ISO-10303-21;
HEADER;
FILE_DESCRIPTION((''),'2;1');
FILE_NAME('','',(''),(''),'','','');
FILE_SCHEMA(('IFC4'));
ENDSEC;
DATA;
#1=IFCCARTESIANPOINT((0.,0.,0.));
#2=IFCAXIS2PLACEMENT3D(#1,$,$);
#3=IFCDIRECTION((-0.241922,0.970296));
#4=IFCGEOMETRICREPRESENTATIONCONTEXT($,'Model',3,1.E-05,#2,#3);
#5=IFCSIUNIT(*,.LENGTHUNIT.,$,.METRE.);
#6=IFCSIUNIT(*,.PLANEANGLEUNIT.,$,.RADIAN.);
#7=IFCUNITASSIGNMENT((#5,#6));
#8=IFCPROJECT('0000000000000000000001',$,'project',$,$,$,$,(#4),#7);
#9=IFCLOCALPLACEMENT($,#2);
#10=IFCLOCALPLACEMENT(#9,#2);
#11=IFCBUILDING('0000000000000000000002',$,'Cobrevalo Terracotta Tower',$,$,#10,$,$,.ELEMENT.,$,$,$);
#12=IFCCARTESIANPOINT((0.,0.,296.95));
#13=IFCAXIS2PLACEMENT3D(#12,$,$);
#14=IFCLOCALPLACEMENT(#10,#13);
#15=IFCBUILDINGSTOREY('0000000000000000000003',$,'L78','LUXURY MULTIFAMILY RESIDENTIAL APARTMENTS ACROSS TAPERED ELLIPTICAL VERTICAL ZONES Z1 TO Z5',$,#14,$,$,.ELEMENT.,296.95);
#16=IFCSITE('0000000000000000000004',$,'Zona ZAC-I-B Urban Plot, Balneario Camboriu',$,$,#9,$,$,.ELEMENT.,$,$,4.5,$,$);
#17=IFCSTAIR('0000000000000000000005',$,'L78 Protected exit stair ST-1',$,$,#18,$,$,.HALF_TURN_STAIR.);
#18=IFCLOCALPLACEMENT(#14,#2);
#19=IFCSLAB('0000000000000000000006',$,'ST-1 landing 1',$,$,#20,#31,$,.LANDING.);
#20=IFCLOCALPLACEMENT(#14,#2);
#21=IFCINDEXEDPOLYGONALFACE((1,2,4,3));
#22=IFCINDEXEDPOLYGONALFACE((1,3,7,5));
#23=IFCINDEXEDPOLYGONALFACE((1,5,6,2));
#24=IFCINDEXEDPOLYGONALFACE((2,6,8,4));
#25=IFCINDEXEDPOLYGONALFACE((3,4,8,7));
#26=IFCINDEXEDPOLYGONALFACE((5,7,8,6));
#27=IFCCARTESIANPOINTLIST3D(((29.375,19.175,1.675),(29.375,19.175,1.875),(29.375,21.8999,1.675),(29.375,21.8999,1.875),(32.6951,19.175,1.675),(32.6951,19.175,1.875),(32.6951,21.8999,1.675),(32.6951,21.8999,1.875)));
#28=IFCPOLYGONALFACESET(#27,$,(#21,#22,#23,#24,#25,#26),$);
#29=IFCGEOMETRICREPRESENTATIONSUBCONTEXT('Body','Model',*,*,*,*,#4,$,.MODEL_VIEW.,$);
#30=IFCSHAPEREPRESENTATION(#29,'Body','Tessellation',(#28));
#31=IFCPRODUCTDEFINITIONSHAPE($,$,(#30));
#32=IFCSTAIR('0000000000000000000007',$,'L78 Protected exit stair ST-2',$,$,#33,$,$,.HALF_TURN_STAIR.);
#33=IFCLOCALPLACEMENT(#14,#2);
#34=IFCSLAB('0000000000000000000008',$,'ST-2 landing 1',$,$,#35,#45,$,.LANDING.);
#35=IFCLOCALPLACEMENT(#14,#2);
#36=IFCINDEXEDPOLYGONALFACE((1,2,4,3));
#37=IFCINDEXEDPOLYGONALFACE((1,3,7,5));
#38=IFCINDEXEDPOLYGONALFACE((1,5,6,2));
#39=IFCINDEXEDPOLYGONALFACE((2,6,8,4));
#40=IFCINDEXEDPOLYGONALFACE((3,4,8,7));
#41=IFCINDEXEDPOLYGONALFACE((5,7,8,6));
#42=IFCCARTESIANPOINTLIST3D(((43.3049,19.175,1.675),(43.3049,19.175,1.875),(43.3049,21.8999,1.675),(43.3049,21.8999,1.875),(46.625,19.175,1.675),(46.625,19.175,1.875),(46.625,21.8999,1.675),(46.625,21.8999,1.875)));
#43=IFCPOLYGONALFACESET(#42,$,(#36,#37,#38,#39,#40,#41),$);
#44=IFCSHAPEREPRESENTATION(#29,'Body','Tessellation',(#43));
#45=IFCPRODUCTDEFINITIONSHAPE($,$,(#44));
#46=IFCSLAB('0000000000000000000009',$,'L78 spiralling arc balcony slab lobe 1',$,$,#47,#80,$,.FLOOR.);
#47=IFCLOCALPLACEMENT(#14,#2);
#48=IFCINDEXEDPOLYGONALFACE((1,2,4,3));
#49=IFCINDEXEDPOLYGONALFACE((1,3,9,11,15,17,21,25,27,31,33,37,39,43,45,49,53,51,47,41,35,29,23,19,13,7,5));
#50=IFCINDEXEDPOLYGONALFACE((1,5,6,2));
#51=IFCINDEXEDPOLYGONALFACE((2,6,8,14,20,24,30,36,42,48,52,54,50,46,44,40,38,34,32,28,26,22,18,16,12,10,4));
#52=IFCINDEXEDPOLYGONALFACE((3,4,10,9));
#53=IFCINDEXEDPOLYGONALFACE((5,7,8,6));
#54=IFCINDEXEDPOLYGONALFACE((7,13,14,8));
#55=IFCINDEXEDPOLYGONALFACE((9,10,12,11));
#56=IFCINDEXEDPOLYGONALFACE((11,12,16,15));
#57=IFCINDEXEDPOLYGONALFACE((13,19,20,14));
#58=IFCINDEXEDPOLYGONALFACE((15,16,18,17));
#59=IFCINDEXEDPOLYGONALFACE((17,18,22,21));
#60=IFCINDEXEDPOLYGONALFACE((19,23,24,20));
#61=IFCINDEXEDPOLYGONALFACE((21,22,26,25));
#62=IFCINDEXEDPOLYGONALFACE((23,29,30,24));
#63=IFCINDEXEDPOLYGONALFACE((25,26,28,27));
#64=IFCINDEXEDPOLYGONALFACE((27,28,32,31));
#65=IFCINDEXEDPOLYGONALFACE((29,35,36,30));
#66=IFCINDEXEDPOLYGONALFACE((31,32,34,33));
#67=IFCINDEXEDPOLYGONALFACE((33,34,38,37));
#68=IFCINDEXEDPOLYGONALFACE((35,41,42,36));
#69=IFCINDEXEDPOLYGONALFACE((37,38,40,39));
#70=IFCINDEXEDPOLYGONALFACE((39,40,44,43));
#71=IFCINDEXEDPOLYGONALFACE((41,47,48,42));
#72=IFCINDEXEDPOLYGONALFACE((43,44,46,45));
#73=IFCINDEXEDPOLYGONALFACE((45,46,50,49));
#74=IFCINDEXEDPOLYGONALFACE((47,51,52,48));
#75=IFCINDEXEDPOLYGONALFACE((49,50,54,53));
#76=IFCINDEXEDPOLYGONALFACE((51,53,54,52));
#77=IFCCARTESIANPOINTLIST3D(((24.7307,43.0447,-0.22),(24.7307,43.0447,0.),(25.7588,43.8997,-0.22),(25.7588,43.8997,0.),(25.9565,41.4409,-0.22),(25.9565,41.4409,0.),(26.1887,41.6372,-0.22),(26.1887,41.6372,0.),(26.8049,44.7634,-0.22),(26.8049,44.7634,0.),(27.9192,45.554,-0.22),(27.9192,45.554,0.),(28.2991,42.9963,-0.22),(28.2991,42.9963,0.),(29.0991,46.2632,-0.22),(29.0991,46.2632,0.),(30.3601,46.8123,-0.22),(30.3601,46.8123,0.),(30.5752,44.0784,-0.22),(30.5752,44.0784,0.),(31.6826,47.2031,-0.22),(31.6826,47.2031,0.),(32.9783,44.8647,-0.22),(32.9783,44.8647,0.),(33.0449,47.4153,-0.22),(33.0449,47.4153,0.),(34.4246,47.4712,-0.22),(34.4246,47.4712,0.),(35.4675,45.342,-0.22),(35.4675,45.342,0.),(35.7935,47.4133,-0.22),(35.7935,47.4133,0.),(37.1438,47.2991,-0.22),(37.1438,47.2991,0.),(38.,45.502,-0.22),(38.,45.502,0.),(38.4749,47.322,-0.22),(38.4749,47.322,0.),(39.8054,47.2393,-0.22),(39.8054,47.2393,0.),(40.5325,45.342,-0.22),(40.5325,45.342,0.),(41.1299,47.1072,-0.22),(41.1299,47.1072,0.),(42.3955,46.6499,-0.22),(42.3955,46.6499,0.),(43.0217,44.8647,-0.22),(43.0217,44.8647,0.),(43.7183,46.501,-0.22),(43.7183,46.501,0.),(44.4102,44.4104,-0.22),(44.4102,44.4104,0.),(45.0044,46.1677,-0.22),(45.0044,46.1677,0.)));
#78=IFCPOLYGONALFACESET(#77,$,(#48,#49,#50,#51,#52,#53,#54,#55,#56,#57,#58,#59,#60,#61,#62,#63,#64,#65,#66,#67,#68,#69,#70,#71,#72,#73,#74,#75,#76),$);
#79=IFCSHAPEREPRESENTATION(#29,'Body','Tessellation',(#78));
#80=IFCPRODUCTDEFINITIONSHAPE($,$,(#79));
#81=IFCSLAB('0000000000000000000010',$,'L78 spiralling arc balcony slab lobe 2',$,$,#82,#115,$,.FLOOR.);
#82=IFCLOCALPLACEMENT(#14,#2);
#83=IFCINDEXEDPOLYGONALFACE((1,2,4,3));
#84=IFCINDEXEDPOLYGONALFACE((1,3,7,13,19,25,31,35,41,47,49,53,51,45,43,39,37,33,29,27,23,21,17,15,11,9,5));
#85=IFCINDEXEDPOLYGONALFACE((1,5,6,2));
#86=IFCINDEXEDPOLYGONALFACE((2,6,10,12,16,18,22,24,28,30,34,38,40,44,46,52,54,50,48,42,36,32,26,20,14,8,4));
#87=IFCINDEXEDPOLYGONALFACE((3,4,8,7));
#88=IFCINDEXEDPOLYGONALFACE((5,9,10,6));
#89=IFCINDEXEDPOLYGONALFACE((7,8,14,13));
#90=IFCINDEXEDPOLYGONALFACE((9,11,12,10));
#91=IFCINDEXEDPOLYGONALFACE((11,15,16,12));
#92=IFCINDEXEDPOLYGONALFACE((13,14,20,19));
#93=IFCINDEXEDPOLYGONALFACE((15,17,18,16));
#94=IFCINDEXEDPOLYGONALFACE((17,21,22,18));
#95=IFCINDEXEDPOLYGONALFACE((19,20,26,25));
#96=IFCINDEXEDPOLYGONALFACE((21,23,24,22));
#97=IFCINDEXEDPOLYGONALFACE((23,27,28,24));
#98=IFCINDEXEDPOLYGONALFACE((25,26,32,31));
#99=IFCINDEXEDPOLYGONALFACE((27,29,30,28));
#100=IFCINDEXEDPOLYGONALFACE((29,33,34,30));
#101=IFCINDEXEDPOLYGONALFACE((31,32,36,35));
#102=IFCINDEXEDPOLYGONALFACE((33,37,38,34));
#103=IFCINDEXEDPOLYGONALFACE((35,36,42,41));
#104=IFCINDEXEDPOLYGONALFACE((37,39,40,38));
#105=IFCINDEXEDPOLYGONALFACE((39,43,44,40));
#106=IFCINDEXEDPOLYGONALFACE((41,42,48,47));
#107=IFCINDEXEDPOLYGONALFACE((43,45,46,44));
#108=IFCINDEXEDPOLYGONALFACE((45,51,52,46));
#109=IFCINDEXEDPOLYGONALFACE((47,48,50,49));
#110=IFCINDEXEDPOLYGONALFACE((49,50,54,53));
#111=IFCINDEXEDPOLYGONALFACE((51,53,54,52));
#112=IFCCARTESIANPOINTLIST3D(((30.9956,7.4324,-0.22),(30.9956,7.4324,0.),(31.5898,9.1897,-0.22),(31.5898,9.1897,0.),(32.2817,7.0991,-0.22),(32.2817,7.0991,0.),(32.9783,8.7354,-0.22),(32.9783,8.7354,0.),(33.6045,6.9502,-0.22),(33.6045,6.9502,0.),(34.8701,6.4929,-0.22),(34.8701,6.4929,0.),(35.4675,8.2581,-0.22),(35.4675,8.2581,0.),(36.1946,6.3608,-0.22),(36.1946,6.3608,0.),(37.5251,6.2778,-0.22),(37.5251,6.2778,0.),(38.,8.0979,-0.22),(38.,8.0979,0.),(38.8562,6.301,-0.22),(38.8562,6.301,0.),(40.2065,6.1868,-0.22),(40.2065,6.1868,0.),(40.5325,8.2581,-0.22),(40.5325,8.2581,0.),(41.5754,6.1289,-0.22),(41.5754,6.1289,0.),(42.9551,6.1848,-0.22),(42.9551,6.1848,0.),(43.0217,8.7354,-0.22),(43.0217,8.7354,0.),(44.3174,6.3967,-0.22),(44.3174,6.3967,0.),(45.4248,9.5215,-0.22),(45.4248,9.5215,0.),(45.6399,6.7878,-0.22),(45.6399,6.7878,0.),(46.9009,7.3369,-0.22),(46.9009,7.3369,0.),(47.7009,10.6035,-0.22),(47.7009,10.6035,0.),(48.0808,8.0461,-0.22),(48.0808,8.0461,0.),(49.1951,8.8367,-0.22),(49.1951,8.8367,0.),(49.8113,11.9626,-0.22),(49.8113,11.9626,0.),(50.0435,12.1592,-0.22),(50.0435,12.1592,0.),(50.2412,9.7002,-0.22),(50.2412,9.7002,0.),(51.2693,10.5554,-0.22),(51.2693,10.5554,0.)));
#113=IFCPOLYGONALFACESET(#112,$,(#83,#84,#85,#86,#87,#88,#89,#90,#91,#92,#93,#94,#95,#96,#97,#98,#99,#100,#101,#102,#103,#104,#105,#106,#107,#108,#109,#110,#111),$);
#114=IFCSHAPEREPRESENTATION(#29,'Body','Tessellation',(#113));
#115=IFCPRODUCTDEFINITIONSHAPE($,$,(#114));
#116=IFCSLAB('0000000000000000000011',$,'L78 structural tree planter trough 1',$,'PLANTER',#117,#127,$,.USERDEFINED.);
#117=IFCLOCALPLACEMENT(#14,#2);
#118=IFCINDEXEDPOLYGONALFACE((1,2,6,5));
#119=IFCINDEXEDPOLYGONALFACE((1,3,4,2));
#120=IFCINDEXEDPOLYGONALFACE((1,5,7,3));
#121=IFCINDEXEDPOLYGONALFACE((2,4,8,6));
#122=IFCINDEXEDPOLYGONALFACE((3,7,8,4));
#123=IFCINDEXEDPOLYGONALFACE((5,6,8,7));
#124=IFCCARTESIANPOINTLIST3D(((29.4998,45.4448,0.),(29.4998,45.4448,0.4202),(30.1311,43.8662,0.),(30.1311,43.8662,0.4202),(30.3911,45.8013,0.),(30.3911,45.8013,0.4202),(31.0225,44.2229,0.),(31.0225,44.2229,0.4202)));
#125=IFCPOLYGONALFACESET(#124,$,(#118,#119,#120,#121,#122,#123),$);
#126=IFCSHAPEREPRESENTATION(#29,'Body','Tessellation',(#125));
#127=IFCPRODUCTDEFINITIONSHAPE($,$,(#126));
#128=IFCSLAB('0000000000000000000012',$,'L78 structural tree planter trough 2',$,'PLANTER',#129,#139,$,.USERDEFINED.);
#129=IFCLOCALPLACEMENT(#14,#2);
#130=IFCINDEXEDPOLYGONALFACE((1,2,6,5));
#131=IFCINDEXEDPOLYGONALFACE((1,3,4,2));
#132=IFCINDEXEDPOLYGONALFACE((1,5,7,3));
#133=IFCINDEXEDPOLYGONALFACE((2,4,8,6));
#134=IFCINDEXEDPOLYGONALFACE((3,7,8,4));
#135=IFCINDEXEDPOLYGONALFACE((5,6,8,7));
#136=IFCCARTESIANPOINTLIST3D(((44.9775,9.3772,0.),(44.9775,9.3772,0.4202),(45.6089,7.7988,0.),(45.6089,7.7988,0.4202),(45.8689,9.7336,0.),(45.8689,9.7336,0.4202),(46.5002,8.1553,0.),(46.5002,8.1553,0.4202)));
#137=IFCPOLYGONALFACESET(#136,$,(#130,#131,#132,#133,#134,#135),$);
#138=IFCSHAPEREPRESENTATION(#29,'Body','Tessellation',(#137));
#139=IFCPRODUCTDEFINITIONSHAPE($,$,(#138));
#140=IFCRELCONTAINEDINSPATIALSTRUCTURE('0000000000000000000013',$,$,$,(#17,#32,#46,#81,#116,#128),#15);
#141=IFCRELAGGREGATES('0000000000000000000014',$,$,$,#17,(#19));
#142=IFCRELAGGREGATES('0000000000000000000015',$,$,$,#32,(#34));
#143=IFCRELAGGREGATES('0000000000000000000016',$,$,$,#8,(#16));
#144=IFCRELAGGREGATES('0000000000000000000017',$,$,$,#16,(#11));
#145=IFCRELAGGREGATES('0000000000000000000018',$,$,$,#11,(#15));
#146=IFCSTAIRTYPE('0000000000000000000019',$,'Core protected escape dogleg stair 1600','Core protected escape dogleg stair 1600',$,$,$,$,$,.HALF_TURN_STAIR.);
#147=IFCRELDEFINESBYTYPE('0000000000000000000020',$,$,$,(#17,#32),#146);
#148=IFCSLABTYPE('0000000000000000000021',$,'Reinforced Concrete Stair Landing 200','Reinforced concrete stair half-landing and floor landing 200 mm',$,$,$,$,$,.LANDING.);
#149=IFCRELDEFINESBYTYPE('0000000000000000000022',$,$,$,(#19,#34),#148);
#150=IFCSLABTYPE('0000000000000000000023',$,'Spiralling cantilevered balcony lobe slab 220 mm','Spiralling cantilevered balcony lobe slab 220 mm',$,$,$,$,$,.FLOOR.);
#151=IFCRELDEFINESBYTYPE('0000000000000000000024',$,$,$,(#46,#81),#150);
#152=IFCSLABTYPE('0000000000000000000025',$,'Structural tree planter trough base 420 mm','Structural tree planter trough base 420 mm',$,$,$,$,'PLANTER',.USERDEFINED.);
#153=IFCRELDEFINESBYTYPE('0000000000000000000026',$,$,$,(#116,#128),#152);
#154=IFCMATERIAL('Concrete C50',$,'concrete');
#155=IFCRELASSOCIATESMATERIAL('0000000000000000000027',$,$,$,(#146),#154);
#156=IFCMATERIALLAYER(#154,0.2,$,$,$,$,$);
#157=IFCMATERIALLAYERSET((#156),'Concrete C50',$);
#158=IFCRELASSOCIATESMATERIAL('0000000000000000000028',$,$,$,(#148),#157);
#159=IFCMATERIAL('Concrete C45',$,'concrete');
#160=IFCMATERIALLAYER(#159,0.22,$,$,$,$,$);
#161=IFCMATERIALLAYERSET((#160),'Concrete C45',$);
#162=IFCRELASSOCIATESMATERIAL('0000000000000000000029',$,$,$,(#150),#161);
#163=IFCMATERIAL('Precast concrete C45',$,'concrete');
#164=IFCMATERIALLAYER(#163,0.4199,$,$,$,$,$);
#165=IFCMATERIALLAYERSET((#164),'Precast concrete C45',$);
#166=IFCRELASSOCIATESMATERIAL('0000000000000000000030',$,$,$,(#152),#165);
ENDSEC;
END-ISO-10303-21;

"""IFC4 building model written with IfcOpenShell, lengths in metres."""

from ifc_helpers import new_model, si_unit, direction, frame, origin, place, context, subcontext, project, spatial, polyline, outline, extrude, material, layer, layer_set, type_object, element, aggregate, save


model = new_model("IFC4")

# Units and contexts
model_context = context("Model", 3, precision=1e-05, world=origin(), true_north=direction((-0.241922, 0.970296)))
body_context = subcontext(model_context, "Body", "Model", "MODEL_VIEW")
ifc_project = project(units=[si_unit("LENGTHUNIT", "METRE"), si_unit("PLANEANGLEUNIT", "RADIAN")], contexts=[model_context])

# Site, building, storey
site_placement = place(None, origin())
site = spatial("IfcSite", under=ifc_project, at=site_placement, Name="Zona ZAC-I-B Urban Plot, Balneario Camboriu", CompositionType="ELEMENT", RefElevation=4.5)
building_placement = place(site_placement, origin())
building = spatial("IfcBuilding", under=site, at=building_placement, Name="Cobrevalo Terracotta Tower", CompositionType="ELEMENT")
storey_placement = place(building_placement, frame((0.0, 0.0, 296.95)))
storey = spatial("IfcBuildingStorey", under=building, at=storey_placement, Name="L78", Description="LUXURY MULTIFAMILY RESIDENTIAL APARTMENTS ACROSS TAPERED ELLIPTICAL VERTICAL ZONES Z1 TO Z5", CompositionType="ELEMENT", Elevation=296.95)

# Stairs, slabs
ifc_material_1 = material(Name="Concrete C50", Category="concrete")
stair_type = type_object("IfcStairType", Name="Core protected escape dogleg stair 1600", Description="Core protected escape dogleg stair 1600", PredefinedType="HALF_TURN_STAIR", material=ifc_material_1)
stair_1_placement = place(storey_placement, origin())
stair_1 = element("IfcStair", 1, at=stair_1_placement, inside=storey, type_object=stair_type, Name="L78 Protected exit stair ST-1", PredefinedType="HALF_TURN_STAIR")
ifc_layer_1 = layer(ifc_material_1, 0.2)
ifc_layer_set_1 = layer_set([ifc_layer_1], Name="Concrete C50")
slab_type_1 = type_object("IfcSlabType", Name="Reinforced Concrete Stair Landing 200", Description="Reinforced concrete stair half-landing and floor landing 200 mm", PredefinedType="LANDING", material=ifc_layer_set_1)
slab_1_placement = place(storey_placement, frame((0.0, 0.0, 1.675)))
slab_1 = element("IfcSlab", 2, at=slab_1_placement, type_object=slab_type_1, Name="ST-1 landing 1", PredefinedType="LANDING", context=body_context, shape_type="SweptSolid", body=[
    extrude(outline(polyline([(29.375, 21.8999), (29.375, 19.175), (32.6951, 19.175), (32.6951, 21.8999), (29.375, 21.8999)])), origin(), (0.0, 0.0, 1.0), 0.2),
])
aggregate(stair_1, [slab_1])
stair_2_placement = place(storey_placement, origin())
stair_2 = element("IfcStair", 3, at=stair_2_placement, inside=storey, type_object=stair_type, Name="L78 Protected exit stair ST-2", PredefinedType="HALF_TURN_STAIR")
slab_2_placement = place(storey_placement, frame((0.0, 0.0, 1.675)))
slab_2 = element("IfcSlab", 4, at=slab_2_placement, type_object=slab_type_1, Name="ST-2 landing 1", PredefinedType="LANDING", context=body_context, shape_type="SweptSolid", body=[
    extrude(outline(polyline([(43.3049, 21.8999), (43.3049, 19.175), (46.625, 19.175), (46.625, 21.8999), (43.3049, 21.8999)])), origin(), (0.0, 0.0, 1.0), 0.2),
])
aggregate(stair_2, [slab_2])

# Slabs
ifc_material_2 = material(Name="Concrete C45", Category="concrete")
ifc_layer_2 = layer(ifc_material_2, 0.22)
ifc_layer_set_2 = layer_set([ifc_layer_2], Name="Concrete C45")
slab_type_2 = type_object("IfcSlabType", Name="Spiralling cantilevered balcony lobe slab 220 mm", Description="Spiralling cantilevered balcony lobe slab 220 mm", PredefinedType="FLOOR", material=ifc_layer_set_2)
slab_3_placement = place(storey_placement, frame((0.0, 0.0, -0.22)))
element("IfcSlab", 5, at=slab_3_placement, inside=storey, type_object=slab_type_2, Name="L78 spiralling arc balcony slab lobe 1", PredefinedType="FLOOR", context=body_context, shape_type="SweptSolid", body=[
    extrude(outline(polyline([(45.0044, 46.1677), (43.7183, 46.501), (42.3955, 46.6499), (41.1299, 47.1072), (39.8054, 47.2393), (38.4749, 47.322), (37.1438, 47.2991), (35.7935, 47.4133), (34.4246, 47.4712), (33.0449, 47.4153), (31.6826, 47.2031), (30.3601, 46.8123), (29.0991, 46.2632), (27.9192, 45.554), (26.8049, 44.7634), (25.7588, 43.8997), (24.7307, 43.0447), (25.9565, 41.4409), (26.1887, 41.6372), (28.2991, 42.9963), (30.5752, 44.0784), (32.9783, 44.8647), (35.4675, 45.342), (38.0, 45.502), (40.5325, 45.342), (43.0217, 44.8647), (44.4102, 44.4104), (45.0044, 46.1677)])), origin(), (0.0, 0.0, 1.0), 0.22),
])
slab_4_placement = place(storey_placement, frame((0.0, 0.0, -0.22)))
element("IfcSlab", 6, at=slab_4_placement, inside=storey, type_object=slab_type_2, Name="L78 spiralling arc balcony slab lobe 2", PredefinedType="FLOOR", context=body_context, shape_type="SweptSolid", body=[
    extrude(outline(polyline([(30.9956, 7.4324), (32.2817, 7.0991), (33.6045, 6.9502), (34.8701, 6.4929), (36.1946, 6.3608), (37.5251, 6.2778), (38.8562, 6.301), (40.2065, 6.1868), (41.5754, 6.1289), (42.9551, 6.1848), (44.3174, 6.3967), (45.6399, 6.7878), (46.9009, 7.3369), (48.0808, 8.0461), (49.1951, 8.8367), (50.2412, 9.7002), (51.2693, 10.5554), (50.0435, 12.1592), (49.8113, 11.9626), (47.7009, 10.6035), (45.4248, 9.5215), (43.0217, 8.7354), (40.5325, 8.2581), (38.0, 8.0979), (35.4675, 8.2581), (32.9783, 8.7354), (31.5898, 9.1897), (30.9956, 7.4324)])), origin(), (0.0, 0.0, 1.0), 0.22),
])
ifc_material_3 = material(Name="Precast concrete C45", Category="concrete")
ifc_layer_3 = layer(ifc_material_3, 0.4199)
ifc_layer_set_3 = layer_set([ifc_layer_3], Name="Precast concrete C45")
slab_type_3 = type_object("IfcSlabType", Name="Structural tree planter trough base 420 mm", Description="Structural tree planter trough base 420 mm", ElementType="PLANTER", PredefinedType="USERDEFINED", material=ifc_layer_set_3)
slab_5_placement = place(storey_placement, origin())
element("IfcSlab", 7, at=slab_5_placement, inside=storey, type_object=slab_type_3, Name="L78 structural tree planter trough 1", ObjectType="PLANTER", PredefinedType="USERDEFINED", context=body_context, shape_type="SweptSolid", body=[
    extrude(outline(polyline([(31.0225, 44.2229), (30.3911, 45.8013), (29.4998, 45.4448), (30.1311, 43.8662), (31.0225, 44.2229)])), origin(), (0.0, 0.0, 1.0), 0.4202),
])
slab_6_placement = place(storey_placement, origin())
element("IfcSlab", 8, at=slab_6_placement, inside=storey, type_object=slab_type_3, Name="L78 structural tree planter trough 2", ObjectType="PLANTER", PredefinedType="USERDEFINED", context=body_context, shape_type="SweptSolid", body=[
    extrude(outline(polyline([(44.9775, 9.3772), (45.6089, 7.7988), (46.5002, 8.1553), (45.8689, 9.7336), (44.9775, 9.3772)])), origin(), (0.0, 0.0, 1.0), 0.4202),
])

save(model, "model.ifc")
